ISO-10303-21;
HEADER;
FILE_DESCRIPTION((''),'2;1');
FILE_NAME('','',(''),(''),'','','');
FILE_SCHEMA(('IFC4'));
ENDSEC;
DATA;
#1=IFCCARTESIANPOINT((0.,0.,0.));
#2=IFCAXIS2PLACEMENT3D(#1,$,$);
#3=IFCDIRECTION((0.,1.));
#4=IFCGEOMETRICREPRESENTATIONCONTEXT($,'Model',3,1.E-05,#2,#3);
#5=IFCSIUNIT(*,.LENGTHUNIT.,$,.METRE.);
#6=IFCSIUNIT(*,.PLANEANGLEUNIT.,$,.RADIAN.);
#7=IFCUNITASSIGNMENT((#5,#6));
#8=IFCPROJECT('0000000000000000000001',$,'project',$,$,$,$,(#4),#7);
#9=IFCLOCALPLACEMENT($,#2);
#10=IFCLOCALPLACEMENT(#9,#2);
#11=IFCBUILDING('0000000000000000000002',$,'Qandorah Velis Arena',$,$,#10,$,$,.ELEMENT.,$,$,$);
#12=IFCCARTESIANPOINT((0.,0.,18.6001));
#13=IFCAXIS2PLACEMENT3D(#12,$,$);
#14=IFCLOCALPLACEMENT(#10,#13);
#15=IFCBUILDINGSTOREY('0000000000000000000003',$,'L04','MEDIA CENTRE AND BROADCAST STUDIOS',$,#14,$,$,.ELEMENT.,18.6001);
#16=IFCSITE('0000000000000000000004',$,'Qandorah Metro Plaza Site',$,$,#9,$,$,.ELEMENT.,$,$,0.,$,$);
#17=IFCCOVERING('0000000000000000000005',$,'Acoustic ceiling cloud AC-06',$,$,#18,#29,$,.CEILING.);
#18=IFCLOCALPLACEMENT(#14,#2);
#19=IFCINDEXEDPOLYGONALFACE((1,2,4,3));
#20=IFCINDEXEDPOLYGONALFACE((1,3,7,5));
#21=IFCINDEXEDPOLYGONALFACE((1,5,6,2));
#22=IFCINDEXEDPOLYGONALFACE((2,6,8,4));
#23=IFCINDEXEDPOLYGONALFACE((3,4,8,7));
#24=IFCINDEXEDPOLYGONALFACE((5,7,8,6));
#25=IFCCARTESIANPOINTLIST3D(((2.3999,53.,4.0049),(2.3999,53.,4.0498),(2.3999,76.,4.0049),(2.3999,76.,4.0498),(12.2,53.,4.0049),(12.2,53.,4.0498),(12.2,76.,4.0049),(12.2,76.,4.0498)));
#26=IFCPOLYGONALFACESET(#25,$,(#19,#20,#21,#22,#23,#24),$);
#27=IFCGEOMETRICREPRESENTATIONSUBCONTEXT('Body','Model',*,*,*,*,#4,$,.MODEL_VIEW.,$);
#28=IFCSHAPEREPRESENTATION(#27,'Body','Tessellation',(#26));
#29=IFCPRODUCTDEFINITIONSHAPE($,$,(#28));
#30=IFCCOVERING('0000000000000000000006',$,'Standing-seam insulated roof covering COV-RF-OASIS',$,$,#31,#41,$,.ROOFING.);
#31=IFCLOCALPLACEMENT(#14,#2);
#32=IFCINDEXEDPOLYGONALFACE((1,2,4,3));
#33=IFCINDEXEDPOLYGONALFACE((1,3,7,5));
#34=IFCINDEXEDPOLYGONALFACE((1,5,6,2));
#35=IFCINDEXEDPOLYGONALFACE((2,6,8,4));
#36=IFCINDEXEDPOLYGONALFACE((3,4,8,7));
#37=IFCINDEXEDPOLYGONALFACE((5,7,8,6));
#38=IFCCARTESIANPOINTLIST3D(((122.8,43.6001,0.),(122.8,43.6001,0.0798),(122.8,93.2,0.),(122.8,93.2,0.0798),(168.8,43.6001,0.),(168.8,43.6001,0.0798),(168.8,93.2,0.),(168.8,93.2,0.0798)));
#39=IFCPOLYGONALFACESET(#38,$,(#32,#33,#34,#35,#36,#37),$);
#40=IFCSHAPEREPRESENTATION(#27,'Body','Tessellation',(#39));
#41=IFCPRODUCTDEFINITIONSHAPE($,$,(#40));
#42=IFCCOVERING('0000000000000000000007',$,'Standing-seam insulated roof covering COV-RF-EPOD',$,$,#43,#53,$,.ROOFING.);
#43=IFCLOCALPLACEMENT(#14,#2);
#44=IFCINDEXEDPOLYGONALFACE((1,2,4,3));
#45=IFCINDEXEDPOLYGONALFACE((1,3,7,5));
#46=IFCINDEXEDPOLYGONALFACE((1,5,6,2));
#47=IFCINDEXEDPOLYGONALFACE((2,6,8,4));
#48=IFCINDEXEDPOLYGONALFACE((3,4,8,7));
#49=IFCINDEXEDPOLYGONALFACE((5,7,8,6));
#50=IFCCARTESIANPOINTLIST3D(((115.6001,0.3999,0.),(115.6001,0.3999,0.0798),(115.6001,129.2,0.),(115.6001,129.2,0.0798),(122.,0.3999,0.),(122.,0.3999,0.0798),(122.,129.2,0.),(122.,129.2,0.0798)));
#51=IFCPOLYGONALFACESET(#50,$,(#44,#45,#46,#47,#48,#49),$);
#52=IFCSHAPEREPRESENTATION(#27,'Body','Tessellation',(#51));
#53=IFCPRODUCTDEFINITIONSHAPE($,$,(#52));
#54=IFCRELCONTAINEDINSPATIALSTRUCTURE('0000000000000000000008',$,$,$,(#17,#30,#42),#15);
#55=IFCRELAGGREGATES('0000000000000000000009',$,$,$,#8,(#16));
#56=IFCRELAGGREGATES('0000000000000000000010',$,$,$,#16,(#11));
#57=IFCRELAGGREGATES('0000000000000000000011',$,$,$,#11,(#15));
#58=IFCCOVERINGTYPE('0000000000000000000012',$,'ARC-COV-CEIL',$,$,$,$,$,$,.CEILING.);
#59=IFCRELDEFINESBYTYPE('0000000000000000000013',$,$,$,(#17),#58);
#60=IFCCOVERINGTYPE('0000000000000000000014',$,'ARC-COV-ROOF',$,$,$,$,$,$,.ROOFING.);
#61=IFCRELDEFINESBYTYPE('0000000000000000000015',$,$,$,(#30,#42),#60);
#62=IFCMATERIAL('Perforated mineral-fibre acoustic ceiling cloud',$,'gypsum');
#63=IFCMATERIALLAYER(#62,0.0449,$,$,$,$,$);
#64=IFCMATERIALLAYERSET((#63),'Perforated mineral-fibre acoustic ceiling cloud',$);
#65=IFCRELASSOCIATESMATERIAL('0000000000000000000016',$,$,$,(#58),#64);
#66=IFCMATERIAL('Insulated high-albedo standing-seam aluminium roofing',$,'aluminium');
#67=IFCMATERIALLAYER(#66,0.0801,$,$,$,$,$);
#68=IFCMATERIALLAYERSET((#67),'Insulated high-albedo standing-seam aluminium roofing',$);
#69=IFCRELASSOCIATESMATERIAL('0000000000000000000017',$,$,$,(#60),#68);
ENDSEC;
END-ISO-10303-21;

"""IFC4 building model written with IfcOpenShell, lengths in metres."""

from ifc_helpers import new_model, si_unit, direction, frame, origin, place, context, subcontext, project, spatial, polyline, outline, extrude, material, layer, layer_set, type_object, element, save


model = new_model("IFC4")

# Units and contexts
model_context = context("Model", 3, precision=1e-05, world=origin(), true_north=direction((0.0, 1.0)))
body_context = subcontext(model_context, "Body", "Model", "MODEL_VIEW")
ifc_project = project(units=[si_unit("LENGTHUNIT", "METRE"), si_unit("PLANEANGLEUNIT", "RADIAN")], contexts=[model_context])

# Site, building, storey
site_placement = place(None, origin())
site = spatial("IfcSite", under=ifc_project, at=site_placement, Name="Qandorah Metro Plaza Site", CompositionType="ELEMENT", RefElevation=0.0)
building_placement = place(site_placement, origin())
building = spatial("IfcBuilding", under=site, at=building_placement, Name="Qandorah Velis Arena", CompositionType="ELEMENT")
storey_placement = place(building_placement, frame((0.0, 0.0, 18.6001)))
storey = spatial("IfcBuildingStorey", under=building, at=storey_placement, Name="L04", Description="MEDIA CENTRE AND BROADCAST STUDIOS", CompositionType="ELEMENT", Elevation=18.6001)

# Coverings
ifc_material_1 = material(Name="Perforated mineral-fibre acoustic ceiling cloud", Category="gypsum")
ifc_layer_1 = layer(ifc_material_1, 0.0449)
ifc_layer_set_1 = layer_set([ifc_layer_1], Name="Perforated mineral-fibre acoustic ceiling cloud")
covering_type_1 = type_object("IfcCoveringType", Name="ARC-COV-CEIL", PredefinedType="CEILING", material=ifc_layer_set_1)
covering_1_placement = place(storey_placement, frame((0.0, 0.0, 4.0049)))
element("IfcCovering", 1, at=covering_1_placement, inside=storey, type_object=covering_type_1, Name="Acoustic ceiling cloud AC-06", PredefinedType="CEILING", context=body_context, shape_type="SweptSolid", body=[
    extrude(outline(polyline([(2.3999, 53.0), (12.2, 53.0), (12.2, 76.0), (2.3999, 76.0), (2.3999, 53.0)])), origin(), (0.0, 0.0, 1.0), 0.0449),
])
ifc_material_2 = material(Name="Insulated high-albedo standing-seam aluminium roofing", Category="aluminium")
ifc_layer_2 = layer(ifc_material_2, 0.0801)
ifc_layer_set_2 = layer_set([ifc_layer_2], Name="Insulated high-albedo standing-seam aluminium roofing")
covering_type_2 = type_object("IfcCoveringType", Name="ARC-COV-ROOF", PredefinedType="ROOFING", material=ifc_layer_set_2)
covering_2_placement = place(storey_placement, origin())
element("IfcCovering", 2, at=covering_2_placement, inside=storey, type_object=covering_type_2, Name="Standing-seam insulated roof covering COV-RF-OASIS", PredefinedType="ROOFING", context=body_context, shape_type="SweptSolid", body=[
    extrude(outline(polyline([(122.8, 43.6001), (168.8, 43.6001), (168.8, 93.2), (122.8, 93.2), (122.8, 43.6001)])), origin(), (0.0, 0.0, 1.0), 0.0798),
])
covering_3_placement = place(storey_placement, origin())
element("IfcCovering", 3, at=covering_3_placement, inside=storey, type_object=covering_type_2, Name="Standing-seam insulated roof covering COV-RF-EPOD", PredefinedType="ROOFING", context=body_context, shape_type="SweptSolid", body=[
    extrude(outline(polyline([(115.6001, 0.3999), (122.0, 0.3999), (122.0, 129.2), (115.6001, 129.2), (115.6001, 0.3999)])), origin(), (0.0, 0.0, 1.0), 0.0798),
])

save(model, "model.ifc")
